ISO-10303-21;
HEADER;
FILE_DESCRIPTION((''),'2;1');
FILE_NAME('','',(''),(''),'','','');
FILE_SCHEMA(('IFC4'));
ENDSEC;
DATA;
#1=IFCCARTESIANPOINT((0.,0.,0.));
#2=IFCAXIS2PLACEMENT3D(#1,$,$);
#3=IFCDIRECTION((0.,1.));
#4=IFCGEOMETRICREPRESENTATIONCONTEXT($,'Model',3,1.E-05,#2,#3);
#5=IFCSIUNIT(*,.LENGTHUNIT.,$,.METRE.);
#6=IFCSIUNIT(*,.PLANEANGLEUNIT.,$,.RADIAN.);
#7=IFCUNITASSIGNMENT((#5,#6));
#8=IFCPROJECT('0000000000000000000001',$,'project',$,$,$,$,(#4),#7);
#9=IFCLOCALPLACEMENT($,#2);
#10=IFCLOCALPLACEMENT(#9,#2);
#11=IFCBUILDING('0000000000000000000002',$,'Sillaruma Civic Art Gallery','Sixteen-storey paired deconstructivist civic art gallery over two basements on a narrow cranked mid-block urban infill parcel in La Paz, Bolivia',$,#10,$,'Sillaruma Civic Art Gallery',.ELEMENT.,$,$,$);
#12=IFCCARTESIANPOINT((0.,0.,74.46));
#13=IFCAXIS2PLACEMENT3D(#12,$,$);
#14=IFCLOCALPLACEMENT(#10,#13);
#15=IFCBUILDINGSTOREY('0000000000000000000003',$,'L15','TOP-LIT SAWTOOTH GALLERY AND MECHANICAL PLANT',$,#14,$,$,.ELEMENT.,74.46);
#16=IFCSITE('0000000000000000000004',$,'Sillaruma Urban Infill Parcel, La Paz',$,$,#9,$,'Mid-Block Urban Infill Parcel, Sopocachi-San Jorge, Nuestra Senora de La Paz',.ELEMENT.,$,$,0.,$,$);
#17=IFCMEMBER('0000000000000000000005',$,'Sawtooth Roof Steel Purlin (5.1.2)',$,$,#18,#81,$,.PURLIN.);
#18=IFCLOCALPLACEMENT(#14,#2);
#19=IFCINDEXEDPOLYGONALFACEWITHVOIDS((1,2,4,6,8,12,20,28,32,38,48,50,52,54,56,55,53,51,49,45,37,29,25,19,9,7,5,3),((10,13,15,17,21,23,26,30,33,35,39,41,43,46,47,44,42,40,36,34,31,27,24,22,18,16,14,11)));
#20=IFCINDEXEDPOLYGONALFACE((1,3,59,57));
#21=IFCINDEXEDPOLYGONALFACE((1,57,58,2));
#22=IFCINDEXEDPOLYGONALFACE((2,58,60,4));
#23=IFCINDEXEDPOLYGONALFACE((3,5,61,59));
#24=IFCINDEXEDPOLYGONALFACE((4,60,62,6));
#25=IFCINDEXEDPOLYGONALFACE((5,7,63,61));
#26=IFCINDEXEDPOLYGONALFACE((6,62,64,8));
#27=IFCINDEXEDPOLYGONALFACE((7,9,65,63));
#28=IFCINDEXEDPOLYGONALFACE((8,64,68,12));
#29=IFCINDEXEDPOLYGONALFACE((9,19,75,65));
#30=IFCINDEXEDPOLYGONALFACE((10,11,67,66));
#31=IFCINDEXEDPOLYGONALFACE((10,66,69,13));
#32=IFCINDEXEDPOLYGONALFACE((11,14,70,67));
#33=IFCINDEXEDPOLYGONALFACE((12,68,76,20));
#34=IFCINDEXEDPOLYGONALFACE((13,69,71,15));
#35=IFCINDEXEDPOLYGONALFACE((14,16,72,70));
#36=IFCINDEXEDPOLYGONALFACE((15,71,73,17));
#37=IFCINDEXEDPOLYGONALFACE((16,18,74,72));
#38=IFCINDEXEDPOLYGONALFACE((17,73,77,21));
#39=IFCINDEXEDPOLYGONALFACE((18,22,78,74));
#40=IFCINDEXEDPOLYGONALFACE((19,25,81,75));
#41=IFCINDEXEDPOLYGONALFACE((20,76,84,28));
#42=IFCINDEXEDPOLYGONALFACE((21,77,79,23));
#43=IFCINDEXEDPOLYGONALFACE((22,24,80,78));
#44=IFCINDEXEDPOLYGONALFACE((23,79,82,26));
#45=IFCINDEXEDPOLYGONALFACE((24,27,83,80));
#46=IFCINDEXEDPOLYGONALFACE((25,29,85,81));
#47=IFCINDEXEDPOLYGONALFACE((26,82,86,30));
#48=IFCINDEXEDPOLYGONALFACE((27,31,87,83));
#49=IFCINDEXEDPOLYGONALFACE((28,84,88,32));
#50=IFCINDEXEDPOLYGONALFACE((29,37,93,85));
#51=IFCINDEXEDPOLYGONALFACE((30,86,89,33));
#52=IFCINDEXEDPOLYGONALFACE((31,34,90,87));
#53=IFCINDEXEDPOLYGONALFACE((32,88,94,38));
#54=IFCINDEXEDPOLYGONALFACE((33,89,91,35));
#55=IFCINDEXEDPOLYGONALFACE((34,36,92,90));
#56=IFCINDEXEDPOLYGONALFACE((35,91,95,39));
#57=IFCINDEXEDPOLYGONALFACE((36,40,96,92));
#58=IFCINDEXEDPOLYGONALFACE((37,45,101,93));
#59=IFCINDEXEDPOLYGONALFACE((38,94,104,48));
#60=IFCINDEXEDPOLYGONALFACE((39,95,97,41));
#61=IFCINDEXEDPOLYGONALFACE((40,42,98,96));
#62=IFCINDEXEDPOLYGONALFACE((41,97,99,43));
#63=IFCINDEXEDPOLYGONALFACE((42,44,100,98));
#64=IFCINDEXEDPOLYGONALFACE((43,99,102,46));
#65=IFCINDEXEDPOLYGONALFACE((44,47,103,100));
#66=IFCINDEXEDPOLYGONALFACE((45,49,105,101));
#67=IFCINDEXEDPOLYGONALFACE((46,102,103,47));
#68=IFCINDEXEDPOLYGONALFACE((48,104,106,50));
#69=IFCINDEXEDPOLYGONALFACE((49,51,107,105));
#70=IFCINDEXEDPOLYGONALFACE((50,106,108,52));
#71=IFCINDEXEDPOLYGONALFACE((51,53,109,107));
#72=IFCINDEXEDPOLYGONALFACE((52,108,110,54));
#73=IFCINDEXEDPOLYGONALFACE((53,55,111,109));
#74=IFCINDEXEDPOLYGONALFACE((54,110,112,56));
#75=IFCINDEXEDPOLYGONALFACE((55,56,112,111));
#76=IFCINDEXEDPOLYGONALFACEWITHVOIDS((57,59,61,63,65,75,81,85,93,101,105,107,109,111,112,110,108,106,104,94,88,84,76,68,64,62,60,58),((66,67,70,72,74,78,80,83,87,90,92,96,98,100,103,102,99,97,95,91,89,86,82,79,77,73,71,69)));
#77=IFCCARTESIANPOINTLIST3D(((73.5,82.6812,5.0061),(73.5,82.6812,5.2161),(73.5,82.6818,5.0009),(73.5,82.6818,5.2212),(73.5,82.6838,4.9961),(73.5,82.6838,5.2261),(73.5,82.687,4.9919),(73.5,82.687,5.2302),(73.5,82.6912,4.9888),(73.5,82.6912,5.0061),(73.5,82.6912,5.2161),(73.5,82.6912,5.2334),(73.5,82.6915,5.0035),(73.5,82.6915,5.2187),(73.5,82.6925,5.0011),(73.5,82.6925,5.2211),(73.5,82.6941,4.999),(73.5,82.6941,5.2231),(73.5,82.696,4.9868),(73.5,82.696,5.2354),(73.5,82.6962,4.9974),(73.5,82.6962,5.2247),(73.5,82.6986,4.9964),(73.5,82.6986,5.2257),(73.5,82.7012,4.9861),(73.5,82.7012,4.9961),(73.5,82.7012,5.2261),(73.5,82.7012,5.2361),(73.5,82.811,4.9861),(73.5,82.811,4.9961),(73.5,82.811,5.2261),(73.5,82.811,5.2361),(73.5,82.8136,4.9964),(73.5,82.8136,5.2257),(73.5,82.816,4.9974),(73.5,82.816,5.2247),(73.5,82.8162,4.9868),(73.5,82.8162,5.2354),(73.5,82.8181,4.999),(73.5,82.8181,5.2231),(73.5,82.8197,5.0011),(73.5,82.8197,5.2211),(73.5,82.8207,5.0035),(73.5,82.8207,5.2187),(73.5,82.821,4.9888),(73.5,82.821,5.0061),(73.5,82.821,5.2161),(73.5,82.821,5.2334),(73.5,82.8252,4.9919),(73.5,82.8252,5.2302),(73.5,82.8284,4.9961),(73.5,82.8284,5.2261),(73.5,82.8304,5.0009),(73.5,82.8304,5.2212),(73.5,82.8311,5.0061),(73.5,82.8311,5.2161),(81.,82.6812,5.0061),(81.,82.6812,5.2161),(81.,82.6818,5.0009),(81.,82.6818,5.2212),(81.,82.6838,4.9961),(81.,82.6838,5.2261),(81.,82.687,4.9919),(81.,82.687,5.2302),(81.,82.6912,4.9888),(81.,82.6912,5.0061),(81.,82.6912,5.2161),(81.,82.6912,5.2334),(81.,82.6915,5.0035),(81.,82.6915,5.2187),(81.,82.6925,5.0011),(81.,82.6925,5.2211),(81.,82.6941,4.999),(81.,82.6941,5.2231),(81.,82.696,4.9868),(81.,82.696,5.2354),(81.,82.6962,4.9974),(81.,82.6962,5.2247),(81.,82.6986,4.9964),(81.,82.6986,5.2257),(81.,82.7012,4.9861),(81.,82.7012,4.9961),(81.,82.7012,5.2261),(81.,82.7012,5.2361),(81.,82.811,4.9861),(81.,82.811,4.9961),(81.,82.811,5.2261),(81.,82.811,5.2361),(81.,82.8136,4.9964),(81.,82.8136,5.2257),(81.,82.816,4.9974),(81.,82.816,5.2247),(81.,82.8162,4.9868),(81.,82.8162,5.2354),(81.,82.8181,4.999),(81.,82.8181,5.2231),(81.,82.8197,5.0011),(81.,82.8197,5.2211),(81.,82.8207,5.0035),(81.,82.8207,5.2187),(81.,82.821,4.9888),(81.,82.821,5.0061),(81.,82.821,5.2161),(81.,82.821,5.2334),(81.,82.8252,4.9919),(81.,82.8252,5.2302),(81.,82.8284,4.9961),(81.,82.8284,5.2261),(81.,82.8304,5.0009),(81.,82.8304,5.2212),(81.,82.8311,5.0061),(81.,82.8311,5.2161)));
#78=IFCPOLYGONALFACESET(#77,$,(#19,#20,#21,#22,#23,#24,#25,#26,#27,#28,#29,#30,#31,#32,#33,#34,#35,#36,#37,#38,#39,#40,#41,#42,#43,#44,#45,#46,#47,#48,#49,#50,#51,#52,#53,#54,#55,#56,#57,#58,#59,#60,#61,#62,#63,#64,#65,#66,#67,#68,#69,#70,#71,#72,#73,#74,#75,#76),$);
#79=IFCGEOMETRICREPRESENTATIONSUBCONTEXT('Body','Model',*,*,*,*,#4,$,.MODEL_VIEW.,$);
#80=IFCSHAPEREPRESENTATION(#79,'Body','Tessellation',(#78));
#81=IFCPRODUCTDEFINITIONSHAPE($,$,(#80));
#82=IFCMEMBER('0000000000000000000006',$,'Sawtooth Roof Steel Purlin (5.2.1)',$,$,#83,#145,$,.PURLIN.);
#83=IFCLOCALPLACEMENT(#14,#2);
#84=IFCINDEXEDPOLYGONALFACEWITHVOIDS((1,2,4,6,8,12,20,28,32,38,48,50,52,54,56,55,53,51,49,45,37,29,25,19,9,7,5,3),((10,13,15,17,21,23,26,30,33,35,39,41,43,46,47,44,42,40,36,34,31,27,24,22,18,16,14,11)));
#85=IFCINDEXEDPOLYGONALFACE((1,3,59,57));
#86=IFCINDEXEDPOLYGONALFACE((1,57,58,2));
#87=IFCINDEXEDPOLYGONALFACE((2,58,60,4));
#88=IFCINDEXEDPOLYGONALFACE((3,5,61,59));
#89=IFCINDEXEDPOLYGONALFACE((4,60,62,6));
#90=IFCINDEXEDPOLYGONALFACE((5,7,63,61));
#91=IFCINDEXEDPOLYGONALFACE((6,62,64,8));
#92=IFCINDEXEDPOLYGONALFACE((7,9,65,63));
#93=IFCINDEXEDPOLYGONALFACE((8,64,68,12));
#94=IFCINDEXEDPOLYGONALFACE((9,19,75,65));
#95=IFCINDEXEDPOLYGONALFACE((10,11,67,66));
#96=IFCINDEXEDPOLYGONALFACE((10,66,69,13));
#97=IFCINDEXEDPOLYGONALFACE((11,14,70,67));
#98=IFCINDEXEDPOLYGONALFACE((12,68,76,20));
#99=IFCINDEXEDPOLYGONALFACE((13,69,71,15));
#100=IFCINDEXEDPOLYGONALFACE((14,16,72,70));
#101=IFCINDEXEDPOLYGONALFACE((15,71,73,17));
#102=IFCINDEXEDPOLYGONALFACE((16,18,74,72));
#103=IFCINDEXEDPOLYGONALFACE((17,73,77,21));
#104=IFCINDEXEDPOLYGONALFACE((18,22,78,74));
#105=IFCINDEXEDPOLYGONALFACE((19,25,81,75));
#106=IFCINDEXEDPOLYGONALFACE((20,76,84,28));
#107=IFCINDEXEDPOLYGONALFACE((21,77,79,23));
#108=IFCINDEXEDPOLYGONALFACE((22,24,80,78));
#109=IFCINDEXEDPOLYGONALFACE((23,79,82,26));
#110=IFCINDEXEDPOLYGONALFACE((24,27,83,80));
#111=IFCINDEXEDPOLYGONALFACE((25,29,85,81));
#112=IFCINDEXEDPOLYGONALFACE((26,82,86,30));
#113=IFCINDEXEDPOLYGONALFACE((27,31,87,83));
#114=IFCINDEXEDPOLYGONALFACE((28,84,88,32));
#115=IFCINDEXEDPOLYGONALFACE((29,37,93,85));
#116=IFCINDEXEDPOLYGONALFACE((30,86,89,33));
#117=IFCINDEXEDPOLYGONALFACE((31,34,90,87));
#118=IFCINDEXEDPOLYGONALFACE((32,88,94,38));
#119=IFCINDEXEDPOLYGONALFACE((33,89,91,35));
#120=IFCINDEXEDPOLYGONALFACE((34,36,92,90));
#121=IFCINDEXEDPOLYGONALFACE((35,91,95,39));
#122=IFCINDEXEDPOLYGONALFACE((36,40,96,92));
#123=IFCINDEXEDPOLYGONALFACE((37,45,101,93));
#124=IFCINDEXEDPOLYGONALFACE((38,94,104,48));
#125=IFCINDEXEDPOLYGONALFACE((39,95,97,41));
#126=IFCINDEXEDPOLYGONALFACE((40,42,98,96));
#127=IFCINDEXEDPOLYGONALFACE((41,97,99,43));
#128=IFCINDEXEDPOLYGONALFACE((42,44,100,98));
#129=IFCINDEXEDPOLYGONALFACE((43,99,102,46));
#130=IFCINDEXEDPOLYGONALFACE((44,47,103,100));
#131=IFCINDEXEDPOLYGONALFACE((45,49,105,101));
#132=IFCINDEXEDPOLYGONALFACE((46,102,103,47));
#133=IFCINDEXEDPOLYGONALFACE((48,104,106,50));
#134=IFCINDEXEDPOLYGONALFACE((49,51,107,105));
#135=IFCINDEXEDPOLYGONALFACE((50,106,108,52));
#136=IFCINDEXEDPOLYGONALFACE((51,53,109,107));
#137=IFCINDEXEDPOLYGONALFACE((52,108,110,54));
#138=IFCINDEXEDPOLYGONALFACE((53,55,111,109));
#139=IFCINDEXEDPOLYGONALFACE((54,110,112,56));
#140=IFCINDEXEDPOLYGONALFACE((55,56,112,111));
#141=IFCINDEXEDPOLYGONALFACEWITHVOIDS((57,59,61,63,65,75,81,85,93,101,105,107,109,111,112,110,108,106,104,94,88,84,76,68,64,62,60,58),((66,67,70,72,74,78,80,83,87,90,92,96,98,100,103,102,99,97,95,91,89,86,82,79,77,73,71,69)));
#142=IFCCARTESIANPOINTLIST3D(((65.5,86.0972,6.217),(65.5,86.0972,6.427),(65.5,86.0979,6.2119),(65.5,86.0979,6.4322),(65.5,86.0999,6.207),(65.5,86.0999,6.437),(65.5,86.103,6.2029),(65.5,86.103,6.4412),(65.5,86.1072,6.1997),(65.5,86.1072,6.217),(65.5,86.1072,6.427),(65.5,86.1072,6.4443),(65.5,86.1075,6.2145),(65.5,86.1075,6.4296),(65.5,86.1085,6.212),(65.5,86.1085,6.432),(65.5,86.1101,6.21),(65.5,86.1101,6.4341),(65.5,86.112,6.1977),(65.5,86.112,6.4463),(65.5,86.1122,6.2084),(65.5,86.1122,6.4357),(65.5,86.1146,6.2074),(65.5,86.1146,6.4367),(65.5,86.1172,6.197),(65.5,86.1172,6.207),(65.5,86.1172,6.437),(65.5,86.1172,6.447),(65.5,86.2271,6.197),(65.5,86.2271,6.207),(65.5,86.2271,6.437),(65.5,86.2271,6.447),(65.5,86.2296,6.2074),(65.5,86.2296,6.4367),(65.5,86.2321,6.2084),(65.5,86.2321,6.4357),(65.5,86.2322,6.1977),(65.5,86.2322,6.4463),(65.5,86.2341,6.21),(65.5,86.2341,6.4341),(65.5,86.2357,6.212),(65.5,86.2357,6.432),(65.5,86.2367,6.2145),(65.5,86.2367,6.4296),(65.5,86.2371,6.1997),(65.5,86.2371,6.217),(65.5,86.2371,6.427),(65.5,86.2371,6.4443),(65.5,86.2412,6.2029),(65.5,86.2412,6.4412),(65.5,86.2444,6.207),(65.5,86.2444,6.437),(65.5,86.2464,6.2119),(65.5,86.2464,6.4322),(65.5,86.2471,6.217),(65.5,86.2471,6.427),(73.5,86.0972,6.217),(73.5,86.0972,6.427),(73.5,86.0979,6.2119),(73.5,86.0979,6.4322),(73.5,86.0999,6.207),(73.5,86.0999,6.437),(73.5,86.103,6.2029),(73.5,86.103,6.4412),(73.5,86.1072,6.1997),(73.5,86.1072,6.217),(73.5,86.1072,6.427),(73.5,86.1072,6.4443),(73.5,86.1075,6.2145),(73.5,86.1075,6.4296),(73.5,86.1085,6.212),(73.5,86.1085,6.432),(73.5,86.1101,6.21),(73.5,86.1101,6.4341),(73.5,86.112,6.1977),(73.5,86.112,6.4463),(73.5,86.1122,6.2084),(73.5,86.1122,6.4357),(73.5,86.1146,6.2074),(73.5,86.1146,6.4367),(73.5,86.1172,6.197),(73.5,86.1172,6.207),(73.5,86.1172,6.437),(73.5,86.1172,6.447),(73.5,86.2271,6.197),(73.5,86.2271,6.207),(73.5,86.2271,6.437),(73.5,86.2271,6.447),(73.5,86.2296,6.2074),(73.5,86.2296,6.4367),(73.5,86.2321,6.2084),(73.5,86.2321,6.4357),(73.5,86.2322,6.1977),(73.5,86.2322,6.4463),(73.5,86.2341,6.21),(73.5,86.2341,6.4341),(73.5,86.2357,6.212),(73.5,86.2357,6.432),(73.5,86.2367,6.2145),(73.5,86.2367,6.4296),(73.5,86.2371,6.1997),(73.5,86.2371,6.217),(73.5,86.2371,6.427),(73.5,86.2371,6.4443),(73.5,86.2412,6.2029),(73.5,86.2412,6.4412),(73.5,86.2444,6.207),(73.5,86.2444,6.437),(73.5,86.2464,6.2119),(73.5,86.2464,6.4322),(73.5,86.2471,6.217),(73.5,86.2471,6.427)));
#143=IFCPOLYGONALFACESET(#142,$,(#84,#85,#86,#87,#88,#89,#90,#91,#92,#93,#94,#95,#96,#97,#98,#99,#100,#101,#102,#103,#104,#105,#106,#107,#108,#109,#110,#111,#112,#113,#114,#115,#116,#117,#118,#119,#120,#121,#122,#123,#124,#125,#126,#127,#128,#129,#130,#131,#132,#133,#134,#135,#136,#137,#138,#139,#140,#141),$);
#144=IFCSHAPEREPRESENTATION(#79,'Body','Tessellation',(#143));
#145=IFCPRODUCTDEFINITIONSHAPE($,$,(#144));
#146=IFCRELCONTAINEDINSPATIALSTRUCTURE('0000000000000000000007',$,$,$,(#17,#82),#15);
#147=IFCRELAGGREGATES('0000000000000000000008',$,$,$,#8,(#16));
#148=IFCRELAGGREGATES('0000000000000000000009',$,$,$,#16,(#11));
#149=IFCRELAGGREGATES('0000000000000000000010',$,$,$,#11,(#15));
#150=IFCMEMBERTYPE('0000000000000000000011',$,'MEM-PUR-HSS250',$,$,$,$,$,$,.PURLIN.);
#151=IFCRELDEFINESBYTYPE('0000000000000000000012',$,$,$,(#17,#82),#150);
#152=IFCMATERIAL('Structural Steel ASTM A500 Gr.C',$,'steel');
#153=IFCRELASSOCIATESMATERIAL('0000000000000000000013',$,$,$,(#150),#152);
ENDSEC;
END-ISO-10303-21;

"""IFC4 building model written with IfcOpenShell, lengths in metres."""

from ifc_helpers import new_model, si_unit, direction, frame, origin, origin_2d, place, context, subcontext, project, spatial, hollow_rectangle, extrude, material, material_profile, profile_set, type_object, element, save


model = new_model("IFC4")

# Units and contexts
model_context = context("Model", 3, precision=1e-05, world=origin(), true_north=direction((0.0, 1.0)))
body_context = subcontext(model_context, "Body", "Model", "MODEL_VIEW")
ifc_project = project(units=[si_unit("LENGTHUNIT", "METRE"), si_unit("PLANEANGLEUNIT", "RADIAN")], contexts=[model_context])

# Site, building, storey
site_placement = place(None, origin())
site = spatial("IfcSite", under=ifc_project, at=site_placement, Name="Sillaruma Urban Infill Parcel, La Paz", LongName="Mid-Block Urban Infill Parcel, Sopocachi-San Jorge, Nuestra Senora de La Paz", CompositionType="ELEMENT", RefElevation=0.0)
building_placement = place(site_placement, origin())
building = spatial("IfcBuilding", under=site, at=building_placement, Name="Sillaruma Civic Art Gallery", Description="Sixteen-storey paired deconstructivist civic art gallery over two basements on a narrow cranked mid-block urban infill parcel in La Paz, Bolivia", LongName="Sillaruma Civic Art Gallery", CompositionType="ELEMENT")
storey_placement = place(building_placement, frame((0.0, 0.0, 74.46)))
storey = spatial("IfcBuildingStorey", under=building, at=storey_placement, Name="L15", Description="TOP-LIT SAWTOOTH GALLERY AND MECHANICAL PLANT", CompositionType="ELEMENT", Elevation=74.46)

# Members
ifc_material_1 = material(Name="Structural Steel ASTM A500 Gr.C", Category="steel")
ifc_material_profile_1 = material_profile(ifc_material_1, hollow_rectangle(XDim=0.1499, YDim=0.25, WallThickness=0.01, InnerFilletRadius=0.01, OuterFilletRadius=0.02, at=origin_2d()), Name="HSS250x150x10")
ifc_profile_set_1 = profile_set([ifc_material_profile_1], Name="Structural Steel ASTM A500 Gr.C")
member_type_1 = type_object("IfcMemberType", Name="MEM-PUR-HSS250", PredefinedType="PURLIN", material=ifc_profile_set_1)
member_1_placement = place(storey_placement, frame((73.5, 82.7561, 5.1111), z_axis=(1.0, 0.0, 0.0), x_axis=(0.0, 1.0, 0.0)))
element("IfcMember", 1, at=member_1_placement, inside=storey, type_object=member_type_1, Name="Sawtooth Roof Steel Purlin (5.1.2)", PredefinedType="PURLIN", context=body_context, shape_type="SweptSolid", body=[
    extrude(hollow_rectangle(XDim=0.1499, YDim=0.25, WallThickness=0.01, InnerFilletRadius=0.01, OuterFilletRadius=0.02, at=origin_2d()), origin(), (0.0, 0.0, 1.0), 7.5),
])
member_2_placement = place(storey_placement, frame((65.5, 86.1721, 6.322), z_axis=(1.0, 0.0, 0.0), x_axis=(0.0, 1.0, 0.0)))
element("IfcMember", 2, at=member_2_placement, inside=storey, type_object=member_type_1, Name="Sawtooth Roof Steel Purlin (5.2.1)", PredefinedType="PURLIN", context=body_context, shape_type="SweptSolid", body=[
    extrude(hollow_rectangle(XDim=0.1499, YDim=0.25, WallThickness=0.01, InnerFilletRadius=0.01, OuterFilletRadius=0.02, at=origin_2d()), origin(), (0.0, 0.0, 1.0), 8.0),
])

save(model, "model.ifc")
